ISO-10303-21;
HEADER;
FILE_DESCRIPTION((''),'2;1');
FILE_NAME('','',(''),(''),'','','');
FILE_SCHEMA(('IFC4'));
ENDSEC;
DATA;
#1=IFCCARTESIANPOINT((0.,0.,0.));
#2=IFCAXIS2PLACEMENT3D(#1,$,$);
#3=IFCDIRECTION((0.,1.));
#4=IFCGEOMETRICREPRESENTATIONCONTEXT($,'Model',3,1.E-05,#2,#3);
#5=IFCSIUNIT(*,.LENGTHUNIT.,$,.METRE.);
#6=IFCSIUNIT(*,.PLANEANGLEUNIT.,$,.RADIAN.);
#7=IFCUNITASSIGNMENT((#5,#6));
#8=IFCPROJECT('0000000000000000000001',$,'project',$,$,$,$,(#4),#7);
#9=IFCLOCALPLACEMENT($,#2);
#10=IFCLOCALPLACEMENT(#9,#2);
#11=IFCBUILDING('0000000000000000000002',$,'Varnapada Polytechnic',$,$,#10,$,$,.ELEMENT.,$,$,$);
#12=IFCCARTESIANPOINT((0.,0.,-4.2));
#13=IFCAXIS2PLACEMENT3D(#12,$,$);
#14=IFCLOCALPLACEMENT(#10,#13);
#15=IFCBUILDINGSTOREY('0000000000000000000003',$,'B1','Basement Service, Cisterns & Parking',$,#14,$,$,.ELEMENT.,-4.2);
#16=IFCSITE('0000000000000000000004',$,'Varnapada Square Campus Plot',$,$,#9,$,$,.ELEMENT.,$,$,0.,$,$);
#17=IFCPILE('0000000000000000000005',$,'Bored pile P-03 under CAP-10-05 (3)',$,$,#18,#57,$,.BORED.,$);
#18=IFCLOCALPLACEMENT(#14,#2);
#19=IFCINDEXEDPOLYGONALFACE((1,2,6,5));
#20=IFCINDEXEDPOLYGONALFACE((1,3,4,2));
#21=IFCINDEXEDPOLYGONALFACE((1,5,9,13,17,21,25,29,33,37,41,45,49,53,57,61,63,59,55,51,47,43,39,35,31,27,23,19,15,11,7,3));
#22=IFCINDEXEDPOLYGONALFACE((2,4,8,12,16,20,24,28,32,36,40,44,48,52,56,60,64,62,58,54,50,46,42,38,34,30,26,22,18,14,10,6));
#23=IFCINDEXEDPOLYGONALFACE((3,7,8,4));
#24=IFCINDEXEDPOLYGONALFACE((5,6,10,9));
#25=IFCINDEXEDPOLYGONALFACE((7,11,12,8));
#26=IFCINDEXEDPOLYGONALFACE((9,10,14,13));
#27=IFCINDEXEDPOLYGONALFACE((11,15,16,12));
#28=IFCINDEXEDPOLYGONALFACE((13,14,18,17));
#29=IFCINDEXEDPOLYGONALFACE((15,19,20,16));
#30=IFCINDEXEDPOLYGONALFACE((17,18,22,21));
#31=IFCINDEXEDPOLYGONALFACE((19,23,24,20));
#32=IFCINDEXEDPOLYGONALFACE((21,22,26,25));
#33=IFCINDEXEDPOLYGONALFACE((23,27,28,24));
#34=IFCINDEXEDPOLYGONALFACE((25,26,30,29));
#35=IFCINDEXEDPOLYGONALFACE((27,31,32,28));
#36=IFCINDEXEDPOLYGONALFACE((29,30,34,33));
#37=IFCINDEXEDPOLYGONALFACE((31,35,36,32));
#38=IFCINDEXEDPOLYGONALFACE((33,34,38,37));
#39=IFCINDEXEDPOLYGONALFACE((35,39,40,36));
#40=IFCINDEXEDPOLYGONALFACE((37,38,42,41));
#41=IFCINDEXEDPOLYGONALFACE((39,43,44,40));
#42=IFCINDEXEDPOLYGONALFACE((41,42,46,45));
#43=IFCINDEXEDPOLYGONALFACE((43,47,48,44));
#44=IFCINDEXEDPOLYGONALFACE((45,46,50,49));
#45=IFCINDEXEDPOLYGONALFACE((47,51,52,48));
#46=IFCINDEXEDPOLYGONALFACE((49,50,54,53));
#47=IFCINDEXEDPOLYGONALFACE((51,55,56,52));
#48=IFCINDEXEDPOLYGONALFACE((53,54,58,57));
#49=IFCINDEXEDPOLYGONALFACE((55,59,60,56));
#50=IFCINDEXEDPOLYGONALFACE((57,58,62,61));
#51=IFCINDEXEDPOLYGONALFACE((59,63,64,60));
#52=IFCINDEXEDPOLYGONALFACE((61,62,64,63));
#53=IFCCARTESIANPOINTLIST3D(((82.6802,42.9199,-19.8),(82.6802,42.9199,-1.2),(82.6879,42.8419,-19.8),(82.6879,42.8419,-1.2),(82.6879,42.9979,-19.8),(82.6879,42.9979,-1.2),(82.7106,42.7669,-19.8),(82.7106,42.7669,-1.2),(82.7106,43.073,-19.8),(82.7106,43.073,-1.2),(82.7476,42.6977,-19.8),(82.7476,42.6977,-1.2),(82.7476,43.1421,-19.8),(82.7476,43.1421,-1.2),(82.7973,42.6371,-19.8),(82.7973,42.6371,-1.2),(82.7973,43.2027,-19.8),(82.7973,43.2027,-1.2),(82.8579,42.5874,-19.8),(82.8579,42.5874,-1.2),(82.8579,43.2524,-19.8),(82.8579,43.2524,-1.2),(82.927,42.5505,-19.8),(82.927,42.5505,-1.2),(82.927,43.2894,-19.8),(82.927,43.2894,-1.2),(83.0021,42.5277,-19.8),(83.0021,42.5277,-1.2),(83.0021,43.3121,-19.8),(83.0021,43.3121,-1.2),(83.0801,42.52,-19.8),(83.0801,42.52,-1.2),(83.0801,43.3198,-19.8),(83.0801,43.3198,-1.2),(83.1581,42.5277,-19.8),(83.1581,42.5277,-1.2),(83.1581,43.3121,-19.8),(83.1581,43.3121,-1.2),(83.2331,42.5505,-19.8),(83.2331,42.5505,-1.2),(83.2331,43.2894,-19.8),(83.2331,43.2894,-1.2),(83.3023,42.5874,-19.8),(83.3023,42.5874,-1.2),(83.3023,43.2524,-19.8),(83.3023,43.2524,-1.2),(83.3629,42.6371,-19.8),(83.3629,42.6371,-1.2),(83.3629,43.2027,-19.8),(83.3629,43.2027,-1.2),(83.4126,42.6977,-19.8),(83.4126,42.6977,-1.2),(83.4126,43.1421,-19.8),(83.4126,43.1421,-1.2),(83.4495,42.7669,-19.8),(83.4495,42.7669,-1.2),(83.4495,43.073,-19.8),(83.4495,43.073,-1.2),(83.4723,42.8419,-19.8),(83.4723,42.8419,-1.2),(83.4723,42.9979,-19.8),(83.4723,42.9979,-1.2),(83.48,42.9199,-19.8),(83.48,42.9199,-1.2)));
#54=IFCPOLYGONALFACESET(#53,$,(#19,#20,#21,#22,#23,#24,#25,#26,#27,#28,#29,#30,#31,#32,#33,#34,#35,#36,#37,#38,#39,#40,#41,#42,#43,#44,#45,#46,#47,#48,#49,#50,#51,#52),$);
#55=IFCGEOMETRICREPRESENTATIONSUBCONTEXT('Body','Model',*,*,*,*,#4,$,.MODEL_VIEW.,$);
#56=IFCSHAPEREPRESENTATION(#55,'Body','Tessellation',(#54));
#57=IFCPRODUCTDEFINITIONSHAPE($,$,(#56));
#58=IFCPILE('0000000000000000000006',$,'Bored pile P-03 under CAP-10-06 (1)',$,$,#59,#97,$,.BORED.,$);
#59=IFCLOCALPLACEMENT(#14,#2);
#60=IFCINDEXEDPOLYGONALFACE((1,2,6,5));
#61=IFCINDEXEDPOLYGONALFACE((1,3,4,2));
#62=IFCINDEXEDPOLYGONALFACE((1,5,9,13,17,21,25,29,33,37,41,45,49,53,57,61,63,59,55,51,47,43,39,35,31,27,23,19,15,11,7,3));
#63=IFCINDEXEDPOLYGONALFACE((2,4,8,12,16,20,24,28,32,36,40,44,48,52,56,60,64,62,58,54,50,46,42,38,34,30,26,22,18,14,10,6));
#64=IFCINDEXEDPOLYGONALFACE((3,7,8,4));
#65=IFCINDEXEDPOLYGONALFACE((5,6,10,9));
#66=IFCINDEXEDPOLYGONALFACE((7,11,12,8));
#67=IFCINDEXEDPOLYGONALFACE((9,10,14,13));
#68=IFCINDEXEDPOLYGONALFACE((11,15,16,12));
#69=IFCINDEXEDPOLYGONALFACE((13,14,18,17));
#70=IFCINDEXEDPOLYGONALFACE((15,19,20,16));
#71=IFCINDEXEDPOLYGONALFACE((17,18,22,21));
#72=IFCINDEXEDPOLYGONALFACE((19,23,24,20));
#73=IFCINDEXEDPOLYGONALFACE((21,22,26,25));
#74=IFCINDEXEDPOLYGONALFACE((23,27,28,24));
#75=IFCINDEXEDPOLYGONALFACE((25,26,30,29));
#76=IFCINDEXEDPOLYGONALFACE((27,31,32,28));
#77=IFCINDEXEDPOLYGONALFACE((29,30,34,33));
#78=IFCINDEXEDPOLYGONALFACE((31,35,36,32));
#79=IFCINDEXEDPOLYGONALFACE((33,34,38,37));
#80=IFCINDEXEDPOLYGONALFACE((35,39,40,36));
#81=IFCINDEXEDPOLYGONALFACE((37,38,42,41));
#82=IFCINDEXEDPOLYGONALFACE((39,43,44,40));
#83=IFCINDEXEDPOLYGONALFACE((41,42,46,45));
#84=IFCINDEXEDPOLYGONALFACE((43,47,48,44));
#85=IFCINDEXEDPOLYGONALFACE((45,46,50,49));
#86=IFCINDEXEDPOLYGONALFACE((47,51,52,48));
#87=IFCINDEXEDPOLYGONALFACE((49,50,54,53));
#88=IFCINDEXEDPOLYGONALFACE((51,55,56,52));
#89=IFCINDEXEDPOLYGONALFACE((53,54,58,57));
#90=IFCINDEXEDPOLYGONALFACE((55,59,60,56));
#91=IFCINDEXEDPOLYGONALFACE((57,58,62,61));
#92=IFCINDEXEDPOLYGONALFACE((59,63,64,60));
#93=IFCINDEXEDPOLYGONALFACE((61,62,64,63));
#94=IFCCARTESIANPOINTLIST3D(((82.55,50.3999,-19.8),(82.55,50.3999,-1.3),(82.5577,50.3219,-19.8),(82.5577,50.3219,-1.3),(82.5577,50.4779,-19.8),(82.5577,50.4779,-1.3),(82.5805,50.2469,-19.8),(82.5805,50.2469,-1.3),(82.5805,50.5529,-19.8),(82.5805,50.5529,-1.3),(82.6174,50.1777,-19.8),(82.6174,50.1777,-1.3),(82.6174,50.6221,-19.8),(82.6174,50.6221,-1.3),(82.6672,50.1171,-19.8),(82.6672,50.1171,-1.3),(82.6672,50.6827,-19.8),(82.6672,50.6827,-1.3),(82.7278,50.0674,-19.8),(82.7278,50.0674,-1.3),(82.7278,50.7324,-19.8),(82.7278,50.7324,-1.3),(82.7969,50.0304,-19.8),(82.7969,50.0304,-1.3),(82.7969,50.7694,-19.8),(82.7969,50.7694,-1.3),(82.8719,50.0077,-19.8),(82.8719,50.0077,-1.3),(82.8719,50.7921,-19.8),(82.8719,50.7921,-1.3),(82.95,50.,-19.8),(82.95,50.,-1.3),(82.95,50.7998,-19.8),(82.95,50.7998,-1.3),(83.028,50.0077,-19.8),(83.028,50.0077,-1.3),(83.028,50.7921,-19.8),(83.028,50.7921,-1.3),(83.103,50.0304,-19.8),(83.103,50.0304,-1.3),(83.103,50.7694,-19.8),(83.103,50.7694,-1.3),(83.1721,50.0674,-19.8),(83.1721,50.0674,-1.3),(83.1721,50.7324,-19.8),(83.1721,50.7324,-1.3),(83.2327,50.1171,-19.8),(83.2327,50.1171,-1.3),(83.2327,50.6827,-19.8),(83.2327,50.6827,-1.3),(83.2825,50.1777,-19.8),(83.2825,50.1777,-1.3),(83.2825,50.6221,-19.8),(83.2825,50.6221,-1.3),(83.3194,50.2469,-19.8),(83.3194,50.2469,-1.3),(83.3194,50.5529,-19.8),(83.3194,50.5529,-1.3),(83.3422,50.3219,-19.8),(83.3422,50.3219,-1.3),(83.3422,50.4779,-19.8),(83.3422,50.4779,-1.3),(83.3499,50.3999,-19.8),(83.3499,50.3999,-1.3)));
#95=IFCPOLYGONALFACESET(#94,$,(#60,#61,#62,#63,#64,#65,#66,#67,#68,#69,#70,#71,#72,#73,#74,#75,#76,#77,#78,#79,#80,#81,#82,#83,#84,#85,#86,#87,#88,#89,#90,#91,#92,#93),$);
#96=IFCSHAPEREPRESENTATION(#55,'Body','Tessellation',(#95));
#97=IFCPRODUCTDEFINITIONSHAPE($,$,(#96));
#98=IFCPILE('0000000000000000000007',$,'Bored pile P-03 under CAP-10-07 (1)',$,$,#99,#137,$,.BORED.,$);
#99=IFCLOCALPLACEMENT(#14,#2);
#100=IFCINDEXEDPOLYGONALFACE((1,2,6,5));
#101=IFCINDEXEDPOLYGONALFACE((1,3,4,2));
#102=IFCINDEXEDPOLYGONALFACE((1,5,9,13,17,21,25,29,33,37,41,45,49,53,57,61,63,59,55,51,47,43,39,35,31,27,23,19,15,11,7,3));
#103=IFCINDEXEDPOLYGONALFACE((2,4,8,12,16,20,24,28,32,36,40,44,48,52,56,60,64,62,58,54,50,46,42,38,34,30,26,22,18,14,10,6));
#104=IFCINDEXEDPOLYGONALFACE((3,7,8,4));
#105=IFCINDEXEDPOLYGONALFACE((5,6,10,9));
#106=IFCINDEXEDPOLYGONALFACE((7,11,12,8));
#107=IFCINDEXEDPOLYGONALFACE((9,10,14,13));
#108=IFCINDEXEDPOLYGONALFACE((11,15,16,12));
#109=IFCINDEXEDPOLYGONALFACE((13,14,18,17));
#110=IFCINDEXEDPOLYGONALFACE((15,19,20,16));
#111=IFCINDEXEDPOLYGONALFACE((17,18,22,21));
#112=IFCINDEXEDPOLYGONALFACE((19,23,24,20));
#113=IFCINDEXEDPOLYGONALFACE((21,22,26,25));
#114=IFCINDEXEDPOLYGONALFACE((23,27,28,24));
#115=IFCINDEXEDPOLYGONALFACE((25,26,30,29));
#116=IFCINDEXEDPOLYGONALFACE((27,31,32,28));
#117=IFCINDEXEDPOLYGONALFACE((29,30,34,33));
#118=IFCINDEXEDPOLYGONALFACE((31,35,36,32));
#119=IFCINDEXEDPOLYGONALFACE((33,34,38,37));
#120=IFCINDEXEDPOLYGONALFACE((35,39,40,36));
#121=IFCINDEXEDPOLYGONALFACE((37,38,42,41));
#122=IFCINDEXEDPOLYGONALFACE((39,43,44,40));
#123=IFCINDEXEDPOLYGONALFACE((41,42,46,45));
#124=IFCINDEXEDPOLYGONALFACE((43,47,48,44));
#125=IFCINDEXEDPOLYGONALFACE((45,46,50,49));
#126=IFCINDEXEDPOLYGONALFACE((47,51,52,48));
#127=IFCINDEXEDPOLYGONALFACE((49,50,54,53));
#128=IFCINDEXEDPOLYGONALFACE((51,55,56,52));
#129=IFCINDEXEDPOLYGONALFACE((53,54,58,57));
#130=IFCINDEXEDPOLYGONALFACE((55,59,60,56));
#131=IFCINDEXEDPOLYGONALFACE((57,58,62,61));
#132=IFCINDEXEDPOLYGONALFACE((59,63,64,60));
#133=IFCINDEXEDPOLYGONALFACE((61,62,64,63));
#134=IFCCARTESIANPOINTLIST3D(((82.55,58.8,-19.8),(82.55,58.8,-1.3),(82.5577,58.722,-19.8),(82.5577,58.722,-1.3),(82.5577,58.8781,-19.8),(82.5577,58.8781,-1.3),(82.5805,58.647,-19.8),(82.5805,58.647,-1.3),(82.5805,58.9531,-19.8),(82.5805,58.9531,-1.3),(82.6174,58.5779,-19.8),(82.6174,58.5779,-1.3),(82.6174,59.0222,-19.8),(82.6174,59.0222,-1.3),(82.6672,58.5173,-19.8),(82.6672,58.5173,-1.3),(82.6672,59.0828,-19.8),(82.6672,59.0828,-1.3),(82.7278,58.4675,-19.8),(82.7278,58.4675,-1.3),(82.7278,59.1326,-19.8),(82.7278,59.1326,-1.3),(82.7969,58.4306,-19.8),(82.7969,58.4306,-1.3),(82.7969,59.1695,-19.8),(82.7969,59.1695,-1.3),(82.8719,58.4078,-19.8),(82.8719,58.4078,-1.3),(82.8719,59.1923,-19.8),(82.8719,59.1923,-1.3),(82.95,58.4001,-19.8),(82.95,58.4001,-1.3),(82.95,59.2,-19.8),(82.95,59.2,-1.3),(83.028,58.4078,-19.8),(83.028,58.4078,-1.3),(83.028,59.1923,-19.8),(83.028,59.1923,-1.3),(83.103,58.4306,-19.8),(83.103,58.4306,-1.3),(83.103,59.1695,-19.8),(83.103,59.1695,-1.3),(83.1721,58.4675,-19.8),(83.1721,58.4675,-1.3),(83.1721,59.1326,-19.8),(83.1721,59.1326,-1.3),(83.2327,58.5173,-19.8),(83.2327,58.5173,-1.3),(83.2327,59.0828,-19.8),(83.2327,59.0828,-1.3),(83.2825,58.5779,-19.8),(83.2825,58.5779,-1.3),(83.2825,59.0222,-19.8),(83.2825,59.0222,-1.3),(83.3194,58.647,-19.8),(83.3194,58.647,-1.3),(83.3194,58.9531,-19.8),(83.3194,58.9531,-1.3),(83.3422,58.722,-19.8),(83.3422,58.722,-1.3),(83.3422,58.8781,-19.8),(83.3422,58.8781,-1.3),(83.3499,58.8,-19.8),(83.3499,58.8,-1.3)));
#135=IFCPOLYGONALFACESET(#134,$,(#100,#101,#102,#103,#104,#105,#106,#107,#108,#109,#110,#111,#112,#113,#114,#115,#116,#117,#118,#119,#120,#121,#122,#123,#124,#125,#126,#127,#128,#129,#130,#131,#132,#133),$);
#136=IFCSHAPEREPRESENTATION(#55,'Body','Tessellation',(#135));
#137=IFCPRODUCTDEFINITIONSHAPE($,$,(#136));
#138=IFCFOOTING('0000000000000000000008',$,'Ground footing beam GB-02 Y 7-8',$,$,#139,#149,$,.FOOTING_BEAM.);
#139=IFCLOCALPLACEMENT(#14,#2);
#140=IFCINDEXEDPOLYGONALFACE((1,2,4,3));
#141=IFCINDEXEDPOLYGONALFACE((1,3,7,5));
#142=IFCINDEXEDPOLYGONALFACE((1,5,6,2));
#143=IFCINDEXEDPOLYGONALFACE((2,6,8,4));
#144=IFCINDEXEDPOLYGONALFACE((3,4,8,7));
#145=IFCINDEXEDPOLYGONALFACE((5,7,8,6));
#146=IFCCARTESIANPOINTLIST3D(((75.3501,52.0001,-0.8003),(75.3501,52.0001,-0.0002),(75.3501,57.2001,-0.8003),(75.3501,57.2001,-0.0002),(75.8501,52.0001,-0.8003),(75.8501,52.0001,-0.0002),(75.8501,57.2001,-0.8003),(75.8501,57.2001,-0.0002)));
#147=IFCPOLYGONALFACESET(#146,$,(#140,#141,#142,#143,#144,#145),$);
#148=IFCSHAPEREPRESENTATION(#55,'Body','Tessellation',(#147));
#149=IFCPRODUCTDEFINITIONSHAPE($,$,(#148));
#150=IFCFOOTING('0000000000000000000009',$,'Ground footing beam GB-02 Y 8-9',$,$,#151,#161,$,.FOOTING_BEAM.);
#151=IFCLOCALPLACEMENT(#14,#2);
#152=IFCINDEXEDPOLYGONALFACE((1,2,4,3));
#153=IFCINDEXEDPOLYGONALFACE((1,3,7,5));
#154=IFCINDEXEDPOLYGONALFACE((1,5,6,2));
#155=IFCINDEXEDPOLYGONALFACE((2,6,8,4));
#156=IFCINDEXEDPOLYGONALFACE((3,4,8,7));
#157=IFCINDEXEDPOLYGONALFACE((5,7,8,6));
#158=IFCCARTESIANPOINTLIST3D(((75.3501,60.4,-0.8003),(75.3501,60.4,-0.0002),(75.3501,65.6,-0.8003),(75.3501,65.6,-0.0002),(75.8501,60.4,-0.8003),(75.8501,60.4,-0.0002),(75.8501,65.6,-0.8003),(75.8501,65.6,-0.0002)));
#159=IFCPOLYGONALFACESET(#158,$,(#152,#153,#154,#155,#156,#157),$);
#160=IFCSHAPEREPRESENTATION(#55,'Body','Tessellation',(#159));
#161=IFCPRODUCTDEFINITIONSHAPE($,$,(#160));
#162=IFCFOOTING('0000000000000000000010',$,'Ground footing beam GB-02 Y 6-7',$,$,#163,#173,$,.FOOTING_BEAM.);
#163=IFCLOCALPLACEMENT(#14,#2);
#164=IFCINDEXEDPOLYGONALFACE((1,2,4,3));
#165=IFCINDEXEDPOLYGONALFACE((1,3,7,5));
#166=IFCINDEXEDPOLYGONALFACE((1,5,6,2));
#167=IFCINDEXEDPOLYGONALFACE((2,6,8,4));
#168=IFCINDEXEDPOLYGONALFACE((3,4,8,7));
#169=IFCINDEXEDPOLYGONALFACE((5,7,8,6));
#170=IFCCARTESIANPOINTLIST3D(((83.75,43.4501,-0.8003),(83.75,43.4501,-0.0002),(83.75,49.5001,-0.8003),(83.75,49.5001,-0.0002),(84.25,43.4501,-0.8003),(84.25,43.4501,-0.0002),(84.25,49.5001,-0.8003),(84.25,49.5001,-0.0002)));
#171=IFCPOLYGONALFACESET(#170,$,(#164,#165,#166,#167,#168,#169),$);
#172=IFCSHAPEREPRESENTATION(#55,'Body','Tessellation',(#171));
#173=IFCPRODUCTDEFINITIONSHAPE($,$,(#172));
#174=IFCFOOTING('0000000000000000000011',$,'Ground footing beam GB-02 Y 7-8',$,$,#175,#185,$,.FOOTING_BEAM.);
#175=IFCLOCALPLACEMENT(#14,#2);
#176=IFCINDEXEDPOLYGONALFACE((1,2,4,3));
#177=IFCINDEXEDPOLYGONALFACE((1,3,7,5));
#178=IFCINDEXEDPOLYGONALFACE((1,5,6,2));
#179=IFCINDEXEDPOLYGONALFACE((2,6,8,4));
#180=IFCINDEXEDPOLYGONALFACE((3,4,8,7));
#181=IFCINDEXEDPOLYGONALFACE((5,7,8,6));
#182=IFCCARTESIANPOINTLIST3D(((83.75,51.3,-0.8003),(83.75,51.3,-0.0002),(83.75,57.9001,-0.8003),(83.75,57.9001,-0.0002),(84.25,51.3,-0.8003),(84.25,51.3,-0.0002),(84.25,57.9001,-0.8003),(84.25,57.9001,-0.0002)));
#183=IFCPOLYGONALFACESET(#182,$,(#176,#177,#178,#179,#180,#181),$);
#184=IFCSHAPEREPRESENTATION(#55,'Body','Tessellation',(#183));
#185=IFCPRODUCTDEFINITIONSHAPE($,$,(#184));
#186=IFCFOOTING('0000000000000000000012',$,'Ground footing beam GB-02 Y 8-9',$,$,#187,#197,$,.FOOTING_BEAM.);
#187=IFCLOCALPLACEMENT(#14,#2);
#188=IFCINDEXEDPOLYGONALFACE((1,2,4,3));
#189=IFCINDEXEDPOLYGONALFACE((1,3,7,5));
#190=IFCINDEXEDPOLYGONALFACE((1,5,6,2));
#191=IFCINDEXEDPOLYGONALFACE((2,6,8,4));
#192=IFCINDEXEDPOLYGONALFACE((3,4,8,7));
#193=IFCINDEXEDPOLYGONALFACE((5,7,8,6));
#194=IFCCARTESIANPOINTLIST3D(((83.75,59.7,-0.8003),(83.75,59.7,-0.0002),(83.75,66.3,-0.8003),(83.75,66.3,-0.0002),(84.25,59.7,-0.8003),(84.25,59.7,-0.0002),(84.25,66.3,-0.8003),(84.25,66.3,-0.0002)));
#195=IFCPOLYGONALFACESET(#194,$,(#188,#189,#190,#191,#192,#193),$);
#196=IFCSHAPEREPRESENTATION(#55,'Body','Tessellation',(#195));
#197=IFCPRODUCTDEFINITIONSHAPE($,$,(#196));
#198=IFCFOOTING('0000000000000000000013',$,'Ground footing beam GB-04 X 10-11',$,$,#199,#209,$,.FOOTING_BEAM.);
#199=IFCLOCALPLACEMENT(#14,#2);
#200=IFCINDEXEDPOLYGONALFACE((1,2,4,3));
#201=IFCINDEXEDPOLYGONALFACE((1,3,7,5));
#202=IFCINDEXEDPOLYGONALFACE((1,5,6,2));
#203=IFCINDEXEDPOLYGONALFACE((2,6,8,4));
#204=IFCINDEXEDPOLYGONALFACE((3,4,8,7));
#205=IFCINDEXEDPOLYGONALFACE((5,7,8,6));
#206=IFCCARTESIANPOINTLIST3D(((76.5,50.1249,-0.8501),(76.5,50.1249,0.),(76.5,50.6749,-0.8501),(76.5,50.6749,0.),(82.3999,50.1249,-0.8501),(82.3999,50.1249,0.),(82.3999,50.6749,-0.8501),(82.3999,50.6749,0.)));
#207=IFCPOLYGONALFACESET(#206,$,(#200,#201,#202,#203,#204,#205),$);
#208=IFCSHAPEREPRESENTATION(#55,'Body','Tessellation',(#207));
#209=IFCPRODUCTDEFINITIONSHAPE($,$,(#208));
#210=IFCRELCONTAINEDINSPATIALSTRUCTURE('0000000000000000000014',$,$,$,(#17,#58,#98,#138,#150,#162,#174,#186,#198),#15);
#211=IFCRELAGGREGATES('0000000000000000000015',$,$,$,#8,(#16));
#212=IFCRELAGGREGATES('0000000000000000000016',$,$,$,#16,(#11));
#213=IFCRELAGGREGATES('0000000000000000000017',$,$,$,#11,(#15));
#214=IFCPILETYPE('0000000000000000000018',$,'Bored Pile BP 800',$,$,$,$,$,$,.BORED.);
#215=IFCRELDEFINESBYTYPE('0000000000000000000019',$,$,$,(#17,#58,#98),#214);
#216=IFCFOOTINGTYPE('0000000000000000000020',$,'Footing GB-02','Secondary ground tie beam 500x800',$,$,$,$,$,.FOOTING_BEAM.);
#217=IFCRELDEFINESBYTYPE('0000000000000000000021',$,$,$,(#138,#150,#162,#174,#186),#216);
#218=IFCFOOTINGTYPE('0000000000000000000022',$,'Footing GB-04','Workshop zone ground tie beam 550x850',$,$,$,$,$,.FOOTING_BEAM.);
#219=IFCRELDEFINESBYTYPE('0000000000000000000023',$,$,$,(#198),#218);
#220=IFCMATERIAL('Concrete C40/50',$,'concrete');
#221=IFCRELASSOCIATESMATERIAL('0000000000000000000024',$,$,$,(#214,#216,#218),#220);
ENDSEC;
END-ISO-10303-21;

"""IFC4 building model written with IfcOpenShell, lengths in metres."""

from ifc_helpers import new_model, si_unit, direction, frame, origin, origin_2d, place, context, subcontext, project, spatial, rectangle, circle, extrude, material, material_profile, profile_set, type_object, element, save


model = new_model("IFC4")

# Units and contexts
model_context = context("Model", 3, precision=1e-05, world=origin(), true_north=direction((0.0, 1.0)))
body_context = subcontext(model_context, "Body", "Model", "MODEL_VIEW")
ifc_project = project(units=[si_unit("LENGTHUNIT", "METRE"), si_unit("PLANEANGLEUNIT", "RADIAN")], contexts=[model_context])

# Site, building, storey
site_placement = place(None, origin())
site = spatial("IfcSite", under=ifc_project, at=site_placement, Name="Varnapada Square Campus Plot", CompositionType="ELEMENT", RefElevation=0.0)
building_placement = place(site_placement, origin())
building = spatial("IfcBuilding", under=site, at=building_placement, Name="Varnapada Polytechnic", CompositionType="ELEMENT")
storey_placement = place(building_placement, frame((0.0, 0.0, -4.2)))
storey = spatial("IfcBuildingStorey", under=building, at=storey_placement, Name="B1", Description="Basement Service, Cisterns & Parking", CompositionType="ELEMENT", Elevation=-4.2)

# Piles
ifc_material_1 = material(Name="Concrete C40/50", Category="concrete")
ifc_material_profile_1 = material_profile(ifc_material_1, circle(Radius=0.3999, at=origin_2d()), Name="BP 800")
ifc_profile_set_1 = profile_set([ifc_material_profile_1], Name="Concrete C40/50")
pile_type = type_object("IfcPileType", Name="Bored Pile BP 800", PredefinedType="BORED", material=ifc_profile_set_1)
pile_1_placement = place(storey_placement, frame((83.0801, 42.9199, -1.2), z_axis=(0.0, 0.0, -1.0), x_axis=(1.0, 0.0, 0.0)))
element("IfcPile", 1, at=pile_1_placement, inside=storey, type_object=pile_type, Name="Bored pile P-03 under CAP-10-05 (3)", PredefinedType="BORED", context=body_context, shape_type="SweptSolid", body=[
    extrude(circle(Radius=0.3999, at=origin_2d()), origin(), (0.0, 0.0, 1.0), 18.6001),
])
for number, where, z_axis, x_axis, name in (
    (2, (82.95, 50.3999, -1.3), (0.0, 0.0, -1.0), (1.0, 0.0, 0.0), "Bored pile P-03 under CAP-10-06 (1)"),
    (3, (82.95, 58.8, -1.3), (0.0, 0.0, -1.0), (1.0, 0.0, 0.0), "Bored pile P-03 under CAP-10-07 (1)"),
):
    element("IfcPile", number, at=place(storey_placement, frame(where, z_axis=z_axis, x_axis=x_axis)), inside=storey, type_object=pile_type, Name=name, PredefinedType="BORED", context=body_context, shape_type="SweptSolid", body=[
        extrude(circle(Radius=0.3999, at=origin_2d()), origin(), (0.0, 0.0, 1.0), 18.5),
    ])

# Footings
footing_type_1 = type_object("IfcFootingType", Name="Footing GB-02", Description="Secondary ground tie beam 500x800", PredefinedType="FOOTING_BEAM", material=ifc_material_1)
for number, where, z_axis, x_axis, name in (
    (4, (75.6001, 54.6001, -0.8003), (0.0, 0.0, 1.0), (0.0, 1.0, 0.0), "Ground footing beam GB-02 Y 7-8"),
    (5, (75.6001, 63.0, -0.8003), (0.0, 0.0, 1.0), (0.0, 1.0, 0.0), "Ground footing beam GB-02 Y 8-9"),
):
    element("IfcFooting", number, at=place(storey_placement, frame(where, z_axis=z_axis, x_axis=x_axis)), inside=storey, type_object=footing_type_1, Name=name, PredefinedType="FOOTING_BEAM", context=body_context, shape_type="SweptSolid", body=[
        extrude(rectangle(XDim=5.2, YDim=0.5, at=origin_2d()), origin(), (0.0, 0.0, 1.0), 0.8),
    ])
footing_1_placement = place(storey_placement, frame((84.0, 46.4751, -0.8003), z_axis=(0.0, 0.0, 1.0), x_axis=(0.0, 1.0, 0.0)))
element("IfcFooting", 6, at=footing_1_placement, inside=storey, type_object=footing_type_1, Name="Ground footing beam GB-02 Y 6-7", PredefinedType="FOOTING_BEAM", context=body_context, shape_type="SweptSolid", body=[
    extrude(rectangle(XDim=6.05, YDim=0.5, at=origin_2d()), origin(), (0.0, 0.0, 1.0), 0.8),
])
for number, where, z_axis, x_axis, name in (
    (7, (84.0, 54.6001, -0.8003), (0.0, 0.0, 1.0), (0.0, 1.0, 0.0), "Ground footing beam GB-02 Y 7-8"),
    (8, (84.0, 63.0, -0.8003), (0.0, 0.0, 1.0), (0.0, 1.0, 0.0), "Ground footing beam GB-02 Y 8-9"),
):
    element("IfcFooting", number, at=place(storey_placement, frame(where, z_axis=z_axis, x_axis=x_axis)), inside=storey, type_object=footing_type_1, Name=name, PredefinedType="FOOTING_BEAM", context=body_context, shape_type="SweptSolid", body=[
        extrude(rectangle(XDim=6.6001, YDim=0.5, at=origin_2d()), origin(), (0.0, 0.0, 1.0), 0.8),
    ])
footing_type_2 = type_object("IfcFootingType", Name="Footing GB-04", Description="Workshop zone ground tie beam 550x850", PredefinedType="FOOTING_BEAM", material=ifc_material_1)
for number, where, z_axis, x_axis, name in (
    (9, (79.45, 50.3999, -0.8501), (0.0, 0.0, 1.0), (1.0, 0.0, 0.0), "Ground footing beam GB-04 X 10-11"),
):
    element("IfcFooting", number, at=place(storey_placement, frame(where, z_axis=z_axis, x_axis=x_axis)), inside=storey, type_object=footing_type_2, Name=name, PredefinedType="FOOTING_BEAM", context=body_context, shape_type="SweptSolid", body=[
        extrude(rectangle(XDim=5.8999, YDim=0.55, at=origin_2d()), origin(), (0.0, 0.0, 1.0), 0.8501),
    ])

save(model, "model.ifc")
